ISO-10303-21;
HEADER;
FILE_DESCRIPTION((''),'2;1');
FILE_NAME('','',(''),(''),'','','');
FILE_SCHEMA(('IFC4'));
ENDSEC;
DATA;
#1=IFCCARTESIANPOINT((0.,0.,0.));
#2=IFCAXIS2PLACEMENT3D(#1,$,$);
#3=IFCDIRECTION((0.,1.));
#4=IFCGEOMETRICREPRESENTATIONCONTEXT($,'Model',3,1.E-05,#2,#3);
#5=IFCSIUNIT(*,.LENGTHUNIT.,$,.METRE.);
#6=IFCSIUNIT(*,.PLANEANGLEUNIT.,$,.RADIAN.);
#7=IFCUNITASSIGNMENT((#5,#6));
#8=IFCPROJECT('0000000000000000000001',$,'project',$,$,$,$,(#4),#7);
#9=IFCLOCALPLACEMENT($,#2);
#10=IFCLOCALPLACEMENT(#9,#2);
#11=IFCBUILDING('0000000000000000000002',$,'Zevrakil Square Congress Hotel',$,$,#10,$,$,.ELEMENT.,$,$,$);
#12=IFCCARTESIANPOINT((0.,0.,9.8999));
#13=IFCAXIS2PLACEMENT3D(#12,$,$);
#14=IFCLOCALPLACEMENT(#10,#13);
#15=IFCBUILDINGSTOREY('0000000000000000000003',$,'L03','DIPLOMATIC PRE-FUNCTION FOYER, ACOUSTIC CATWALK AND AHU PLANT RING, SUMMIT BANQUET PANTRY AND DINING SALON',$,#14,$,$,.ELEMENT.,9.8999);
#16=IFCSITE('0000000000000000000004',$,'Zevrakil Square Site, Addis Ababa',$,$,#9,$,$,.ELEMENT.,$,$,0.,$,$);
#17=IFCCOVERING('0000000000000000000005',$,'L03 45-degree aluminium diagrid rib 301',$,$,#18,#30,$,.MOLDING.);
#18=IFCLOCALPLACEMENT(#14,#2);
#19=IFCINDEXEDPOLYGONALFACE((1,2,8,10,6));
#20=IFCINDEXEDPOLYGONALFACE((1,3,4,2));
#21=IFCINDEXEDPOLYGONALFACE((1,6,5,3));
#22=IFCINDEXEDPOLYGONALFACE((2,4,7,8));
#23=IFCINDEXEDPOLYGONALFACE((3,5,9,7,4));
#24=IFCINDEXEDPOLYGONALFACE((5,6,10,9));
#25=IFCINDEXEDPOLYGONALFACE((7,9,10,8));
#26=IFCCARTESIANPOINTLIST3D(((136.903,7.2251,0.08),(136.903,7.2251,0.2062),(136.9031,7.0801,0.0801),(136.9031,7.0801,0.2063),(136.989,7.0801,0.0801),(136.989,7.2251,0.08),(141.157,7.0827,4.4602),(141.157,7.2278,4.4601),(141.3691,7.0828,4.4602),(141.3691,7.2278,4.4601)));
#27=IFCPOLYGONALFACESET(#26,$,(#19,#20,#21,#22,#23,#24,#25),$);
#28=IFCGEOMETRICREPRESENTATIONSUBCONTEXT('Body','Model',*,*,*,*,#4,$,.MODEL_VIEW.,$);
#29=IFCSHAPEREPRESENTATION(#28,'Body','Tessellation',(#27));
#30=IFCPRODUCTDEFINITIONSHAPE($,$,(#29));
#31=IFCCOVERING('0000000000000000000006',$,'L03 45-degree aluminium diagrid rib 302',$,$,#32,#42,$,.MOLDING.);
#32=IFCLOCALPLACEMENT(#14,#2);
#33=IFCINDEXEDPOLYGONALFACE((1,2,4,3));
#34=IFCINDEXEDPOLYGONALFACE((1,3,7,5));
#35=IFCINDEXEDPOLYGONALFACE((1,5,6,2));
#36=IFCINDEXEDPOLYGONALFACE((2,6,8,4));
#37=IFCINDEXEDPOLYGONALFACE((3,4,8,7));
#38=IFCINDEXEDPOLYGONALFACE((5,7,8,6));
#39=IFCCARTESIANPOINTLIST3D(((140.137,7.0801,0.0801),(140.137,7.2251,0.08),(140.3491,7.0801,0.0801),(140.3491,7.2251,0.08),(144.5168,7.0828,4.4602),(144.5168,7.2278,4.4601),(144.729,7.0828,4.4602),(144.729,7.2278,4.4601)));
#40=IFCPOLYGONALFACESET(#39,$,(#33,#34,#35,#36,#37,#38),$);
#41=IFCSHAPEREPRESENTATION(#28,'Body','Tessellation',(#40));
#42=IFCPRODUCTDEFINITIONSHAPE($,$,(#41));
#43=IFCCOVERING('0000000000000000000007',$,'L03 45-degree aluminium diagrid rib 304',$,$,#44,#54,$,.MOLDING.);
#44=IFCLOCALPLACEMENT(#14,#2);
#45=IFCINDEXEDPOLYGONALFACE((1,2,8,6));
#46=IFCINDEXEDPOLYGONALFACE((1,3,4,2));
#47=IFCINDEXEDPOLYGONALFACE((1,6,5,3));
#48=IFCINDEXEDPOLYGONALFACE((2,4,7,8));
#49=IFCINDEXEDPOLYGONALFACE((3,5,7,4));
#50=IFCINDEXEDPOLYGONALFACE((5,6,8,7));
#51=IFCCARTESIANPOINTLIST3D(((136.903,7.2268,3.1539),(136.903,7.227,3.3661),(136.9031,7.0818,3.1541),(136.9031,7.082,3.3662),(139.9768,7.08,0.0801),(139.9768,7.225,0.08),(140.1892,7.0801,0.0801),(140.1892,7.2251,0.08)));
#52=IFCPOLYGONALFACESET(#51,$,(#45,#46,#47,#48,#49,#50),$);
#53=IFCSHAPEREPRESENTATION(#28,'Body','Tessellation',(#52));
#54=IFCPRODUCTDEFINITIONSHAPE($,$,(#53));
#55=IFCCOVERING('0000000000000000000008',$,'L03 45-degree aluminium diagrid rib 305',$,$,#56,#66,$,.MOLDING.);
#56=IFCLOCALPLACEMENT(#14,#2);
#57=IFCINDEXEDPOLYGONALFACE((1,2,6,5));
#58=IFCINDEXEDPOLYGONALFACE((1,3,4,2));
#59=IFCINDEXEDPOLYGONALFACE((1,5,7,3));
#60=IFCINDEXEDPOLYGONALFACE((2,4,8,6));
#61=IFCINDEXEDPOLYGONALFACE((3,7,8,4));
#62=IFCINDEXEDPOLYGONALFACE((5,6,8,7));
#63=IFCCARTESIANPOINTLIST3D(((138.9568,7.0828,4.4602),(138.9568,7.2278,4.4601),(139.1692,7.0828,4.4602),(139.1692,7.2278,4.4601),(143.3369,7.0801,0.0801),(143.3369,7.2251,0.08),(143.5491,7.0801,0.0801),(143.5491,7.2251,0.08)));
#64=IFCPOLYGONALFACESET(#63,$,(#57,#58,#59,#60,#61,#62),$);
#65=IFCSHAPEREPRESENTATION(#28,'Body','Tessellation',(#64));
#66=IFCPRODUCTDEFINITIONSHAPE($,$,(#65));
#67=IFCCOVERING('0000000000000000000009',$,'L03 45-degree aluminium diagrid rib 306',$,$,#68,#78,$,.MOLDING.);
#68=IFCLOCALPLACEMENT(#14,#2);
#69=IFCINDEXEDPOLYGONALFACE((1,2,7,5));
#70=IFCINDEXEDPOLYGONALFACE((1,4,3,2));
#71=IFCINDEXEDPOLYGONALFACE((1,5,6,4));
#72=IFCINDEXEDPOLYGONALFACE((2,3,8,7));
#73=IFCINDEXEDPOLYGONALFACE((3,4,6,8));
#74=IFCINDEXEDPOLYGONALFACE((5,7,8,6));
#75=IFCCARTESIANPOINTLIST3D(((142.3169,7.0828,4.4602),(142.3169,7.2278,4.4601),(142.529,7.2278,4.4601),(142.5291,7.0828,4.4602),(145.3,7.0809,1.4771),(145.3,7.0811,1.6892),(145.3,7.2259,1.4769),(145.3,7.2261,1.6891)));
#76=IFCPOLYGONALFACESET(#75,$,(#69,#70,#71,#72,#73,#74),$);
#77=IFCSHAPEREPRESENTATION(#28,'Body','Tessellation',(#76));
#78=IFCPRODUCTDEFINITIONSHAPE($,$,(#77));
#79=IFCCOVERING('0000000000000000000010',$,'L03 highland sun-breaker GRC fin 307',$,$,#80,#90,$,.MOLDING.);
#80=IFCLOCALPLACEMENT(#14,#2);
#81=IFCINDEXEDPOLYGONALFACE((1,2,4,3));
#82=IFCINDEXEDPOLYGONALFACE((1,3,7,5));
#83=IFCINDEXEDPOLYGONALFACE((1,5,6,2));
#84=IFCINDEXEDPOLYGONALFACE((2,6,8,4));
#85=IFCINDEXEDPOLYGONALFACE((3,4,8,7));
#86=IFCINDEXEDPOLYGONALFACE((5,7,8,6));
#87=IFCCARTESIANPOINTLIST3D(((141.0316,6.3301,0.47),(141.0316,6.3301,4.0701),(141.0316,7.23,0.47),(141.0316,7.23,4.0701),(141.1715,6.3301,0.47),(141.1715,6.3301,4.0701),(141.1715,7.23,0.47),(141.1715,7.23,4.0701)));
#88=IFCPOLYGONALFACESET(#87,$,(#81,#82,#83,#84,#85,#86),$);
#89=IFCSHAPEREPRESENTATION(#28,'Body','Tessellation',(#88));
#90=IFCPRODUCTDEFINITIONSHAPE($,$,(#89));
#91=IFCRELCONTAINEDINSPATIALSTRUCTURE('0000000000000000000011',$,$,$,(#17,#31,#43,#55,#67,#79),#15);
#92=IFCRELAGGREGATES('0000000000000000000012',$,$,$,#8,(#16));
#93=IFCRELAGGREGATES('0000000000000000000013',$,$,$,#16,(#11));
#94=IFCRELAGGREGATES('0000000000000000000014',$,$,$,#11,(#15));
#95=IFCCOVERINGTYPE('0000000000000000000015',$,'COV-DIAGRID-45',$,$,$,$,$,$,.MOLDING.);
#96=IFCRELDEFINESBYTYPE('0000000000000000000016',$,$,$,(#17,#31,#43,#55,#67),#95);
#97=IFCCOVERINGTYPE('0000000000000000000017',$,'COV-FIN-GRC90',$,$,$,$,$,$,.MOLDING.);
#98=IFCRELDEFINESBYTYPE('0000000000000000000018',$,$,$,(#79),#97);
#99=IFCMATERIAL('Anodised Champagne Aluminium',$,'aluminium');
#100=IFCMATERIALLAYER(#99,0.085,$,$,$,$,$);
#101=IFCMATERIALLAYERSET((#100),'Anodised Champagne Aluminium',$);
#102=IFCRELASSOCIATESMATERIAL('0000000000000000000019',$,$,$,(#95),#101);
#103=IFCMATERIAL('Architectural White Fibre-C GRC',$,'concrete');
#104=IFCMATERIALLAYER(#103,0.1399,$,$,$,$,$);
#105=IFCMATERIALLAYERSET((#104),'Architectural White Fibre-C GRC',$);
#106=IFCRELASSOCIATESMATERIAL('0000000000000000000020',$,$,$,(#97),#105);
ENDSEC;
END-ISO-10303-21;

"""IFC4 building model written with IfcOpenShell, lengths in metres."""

from ifc_helpers import new_model, si_unit, direction, frame, origin, origin_2d, place, context, subcontext, project, spatial, polyline, rectangle, outline, extrude, material, layer, layer_set, type_object, element, save


model = new_model("IFC4")

# Units and contexts
model_context = context("Model", 3, precision=1e-05, world=origin(), true_north=direction((0.0, 1.0)))
body_context = subcontext(model_context, "Body", "Model", "MODEL_VIEW")
ifc_project = project(units=[si_unit("LENGTHUNIT", "METRE"), si_unit("PLANEANGLEUNIT", "RADIAN")], contexts=[model_context])

# Site, building, storey
site_placement = place(None, origin())
site = spatial("IfcSite", under=ifc_project, at=site_placement, Name="Zevrakil Square Site, Addis Ababa", CompositionType="ELEMENT", RefElevation=0.0)
building_placement = place(site_placement, origin())
building = spatial("IfcBuilding", under=site, at=building_placement, Name="Zevrakil Square Congress Hotel", CompositionType="ELEMENT")
storey_placement = place(building_placement, frame((0.0, 0.0, 9.8999)))
storey = spatial("IfcBuildingStorey", under=building, at=storey_placement, Name="L03", Description="DIPLOMATIC PRE-FUNCTION FOYER, ACOUSTIC CATWALK AND AHU PLANT RING, SUMMIT BANQUET PANTRY AND DINING SALON", CompositionType="ELEMENT", Elevation=9.8999)

# Coverings
ifc_material_1 = material(Name="Anodised Champagne Aluminium", Category="aluminium")
ifc_layer_1 = layer(ifc_material_1, 0.085)
ifc_layer_set_1 = layer_set([ifc_layer_1], Name="Anodised Champagne Aluminium")
covering_type_1 = type_object("IfcCoveringType", Name="COV-DIAGRID-45", PredefinedType="MOLDING", material=ifc_layer_set_1)
covering_1_placement = place(storey_placement, frame((136.989, 7.0801, 0.0801), z_axis=(0.000184, -1.0, 0.000434), x_axis=(-1.0, -0.000184, 0.0)))
element("IfcCovering", 1, at=covering_1_placement, inside=storey, type_object=covering_type_1, Name="L03 45-degree aluminium diagrid rib 301", PredefinedType="MOLDING", context=body_context, shape_type="SweptSolid", body=[
    extrude(outline(polyline([(0.0, 0.0), (0.0859, 0.0), (0.0859, -0.1262), (-4.168, -4.3801), (-4.3801, -4.3801), (0.0, 0.0)])), origin(), (0.0, 0.0, -1.0), 0.145),
])
covering_2_placement = place(storey_placement, frame((140.3491, 7.0801, 0.0801), z_axis=(0.0, -1.0, 0.000613), x_axis=(-1.0, 0.0, 0.0)))
element("IfcCovering", 2, at=covering_2_placement, inside=storey, type_object=covering_type_1, Name="L03 45-degree aluminium diagrid rib 302", PredefinedType="MOLDING", context=body_context, shape_type="SweptSolid", body=[
    extrude(outline(polyline([(0.0, 0.0), (0.2122, 0.0), (-4.1677, -4.3801), (-4.3799, -4.3801), (0.0, 0.0)])), origin(), (0.0, 0.0, -1.0), 0.145),
])
covering_3_placement = place(storey_placement, frame((136.9031, 7.0818, 3.1541), z_axis=(0.000287, -1.0, 0.000863), x_axis=(0.0, 0.000863, 1.0)))
element("IfcCovering", 3, at=covering_3_placement, inside=storey, type_object=covering_type_1, Name="L03 45-degree aluminium diagrid rib 304", PredefinedType="MOLDING", context=body_context, shape_type="SweptSolid", body=[
    extrude(outline(polyline([(0.0, 0.0), (0.2122, 0.0), (-3.074, -3.2861), (-3.074, -3.0737), (0.0, 0.0)])), origin(), (0.0, 0.0, -1.0), 0.145),
])
covering_4_placement = place(storey_placement, frame((138.9568, 7.0828, 4.4602), z_axis=(0.0, -1.0, 0.000613), x_axis=(1.0, 0.0, 0.0)))
element("IfcCovering", 4, at=covering_4_placement, inside=storey, type_object=covering_type_1, Name="L03 45-degree aluminium diagrid rib 305", PredefinedType="MOLDING", context=body_context, shape_type="SweptSolid", body=[
    extrude(outline(polyline([(0.0, 0.0), (0.2124, 0.0), (4.5923, -4.3801), (4.3801, -4.3801), (0.0, 0.0)])), origin(), (0.0, 0.0, -1.0), 0.145),
])
covering_5_placement = place(storey_placement, frame((142.3169, 7.0828, 4.4602), z_axis=(0.000257, -1.0, 0.000894), x_axis=(1.0, 0.000257, 0.0)))
element("IfcCovering", 5, at=covering_5_placement, inside=storey, type_object=covering_type_1, Name="L03 45-degree aluminium diagrid rib 306", PredefinedType="MOLDING", context=body_context, shape_type="SweptSolid", body=[
    extrude(outline(polyline([(0.0, 0.0), (0.2122, 0.0), (2.9832, -2.771), (2.9832, -2.9832), (0.0, 0.0)])), origin(), (0.0, 0.0, -1.0), 0.145),
])
ifc_material_2 = material(Name="Architectural White Fibre-C GRC", Category="concrete")
ifc_layer_2 = layer(ifc_material_2, 0.1399)
ifc_layer_set_2 = layer_set([ifc_layer_2], Name="Architectural White Fibre-C GRC")
covering_type_2 = type_object("IfcCoveringType", Name="COV-FIN-GRC90", PredefinedType="MOLDING", material=ifc_layer_set_2)
covering_6_placement = place(storey_placement, frame((141.1016, 6.78, 0.47), z_axis=(0.0, 0.0, 1.0), x_axis=(0.0, -1.0, 0.0)))
element("IfcCovering", 6, at=covering_6_placement, inside=storey, type_object=covering_type_2, Name="L03 highland sun-breaker GRC fin 307", PredefinedType="MOLDING", context=body_context, shape_type="SweptSolid", body=[
    extrude(rectangle(XDim=0.8999, YDim=0.1399, at=origin_2d()), origin(), (0.0, 0.0, 1.0), 3.6001),
])

save(model, "model.ifc")
